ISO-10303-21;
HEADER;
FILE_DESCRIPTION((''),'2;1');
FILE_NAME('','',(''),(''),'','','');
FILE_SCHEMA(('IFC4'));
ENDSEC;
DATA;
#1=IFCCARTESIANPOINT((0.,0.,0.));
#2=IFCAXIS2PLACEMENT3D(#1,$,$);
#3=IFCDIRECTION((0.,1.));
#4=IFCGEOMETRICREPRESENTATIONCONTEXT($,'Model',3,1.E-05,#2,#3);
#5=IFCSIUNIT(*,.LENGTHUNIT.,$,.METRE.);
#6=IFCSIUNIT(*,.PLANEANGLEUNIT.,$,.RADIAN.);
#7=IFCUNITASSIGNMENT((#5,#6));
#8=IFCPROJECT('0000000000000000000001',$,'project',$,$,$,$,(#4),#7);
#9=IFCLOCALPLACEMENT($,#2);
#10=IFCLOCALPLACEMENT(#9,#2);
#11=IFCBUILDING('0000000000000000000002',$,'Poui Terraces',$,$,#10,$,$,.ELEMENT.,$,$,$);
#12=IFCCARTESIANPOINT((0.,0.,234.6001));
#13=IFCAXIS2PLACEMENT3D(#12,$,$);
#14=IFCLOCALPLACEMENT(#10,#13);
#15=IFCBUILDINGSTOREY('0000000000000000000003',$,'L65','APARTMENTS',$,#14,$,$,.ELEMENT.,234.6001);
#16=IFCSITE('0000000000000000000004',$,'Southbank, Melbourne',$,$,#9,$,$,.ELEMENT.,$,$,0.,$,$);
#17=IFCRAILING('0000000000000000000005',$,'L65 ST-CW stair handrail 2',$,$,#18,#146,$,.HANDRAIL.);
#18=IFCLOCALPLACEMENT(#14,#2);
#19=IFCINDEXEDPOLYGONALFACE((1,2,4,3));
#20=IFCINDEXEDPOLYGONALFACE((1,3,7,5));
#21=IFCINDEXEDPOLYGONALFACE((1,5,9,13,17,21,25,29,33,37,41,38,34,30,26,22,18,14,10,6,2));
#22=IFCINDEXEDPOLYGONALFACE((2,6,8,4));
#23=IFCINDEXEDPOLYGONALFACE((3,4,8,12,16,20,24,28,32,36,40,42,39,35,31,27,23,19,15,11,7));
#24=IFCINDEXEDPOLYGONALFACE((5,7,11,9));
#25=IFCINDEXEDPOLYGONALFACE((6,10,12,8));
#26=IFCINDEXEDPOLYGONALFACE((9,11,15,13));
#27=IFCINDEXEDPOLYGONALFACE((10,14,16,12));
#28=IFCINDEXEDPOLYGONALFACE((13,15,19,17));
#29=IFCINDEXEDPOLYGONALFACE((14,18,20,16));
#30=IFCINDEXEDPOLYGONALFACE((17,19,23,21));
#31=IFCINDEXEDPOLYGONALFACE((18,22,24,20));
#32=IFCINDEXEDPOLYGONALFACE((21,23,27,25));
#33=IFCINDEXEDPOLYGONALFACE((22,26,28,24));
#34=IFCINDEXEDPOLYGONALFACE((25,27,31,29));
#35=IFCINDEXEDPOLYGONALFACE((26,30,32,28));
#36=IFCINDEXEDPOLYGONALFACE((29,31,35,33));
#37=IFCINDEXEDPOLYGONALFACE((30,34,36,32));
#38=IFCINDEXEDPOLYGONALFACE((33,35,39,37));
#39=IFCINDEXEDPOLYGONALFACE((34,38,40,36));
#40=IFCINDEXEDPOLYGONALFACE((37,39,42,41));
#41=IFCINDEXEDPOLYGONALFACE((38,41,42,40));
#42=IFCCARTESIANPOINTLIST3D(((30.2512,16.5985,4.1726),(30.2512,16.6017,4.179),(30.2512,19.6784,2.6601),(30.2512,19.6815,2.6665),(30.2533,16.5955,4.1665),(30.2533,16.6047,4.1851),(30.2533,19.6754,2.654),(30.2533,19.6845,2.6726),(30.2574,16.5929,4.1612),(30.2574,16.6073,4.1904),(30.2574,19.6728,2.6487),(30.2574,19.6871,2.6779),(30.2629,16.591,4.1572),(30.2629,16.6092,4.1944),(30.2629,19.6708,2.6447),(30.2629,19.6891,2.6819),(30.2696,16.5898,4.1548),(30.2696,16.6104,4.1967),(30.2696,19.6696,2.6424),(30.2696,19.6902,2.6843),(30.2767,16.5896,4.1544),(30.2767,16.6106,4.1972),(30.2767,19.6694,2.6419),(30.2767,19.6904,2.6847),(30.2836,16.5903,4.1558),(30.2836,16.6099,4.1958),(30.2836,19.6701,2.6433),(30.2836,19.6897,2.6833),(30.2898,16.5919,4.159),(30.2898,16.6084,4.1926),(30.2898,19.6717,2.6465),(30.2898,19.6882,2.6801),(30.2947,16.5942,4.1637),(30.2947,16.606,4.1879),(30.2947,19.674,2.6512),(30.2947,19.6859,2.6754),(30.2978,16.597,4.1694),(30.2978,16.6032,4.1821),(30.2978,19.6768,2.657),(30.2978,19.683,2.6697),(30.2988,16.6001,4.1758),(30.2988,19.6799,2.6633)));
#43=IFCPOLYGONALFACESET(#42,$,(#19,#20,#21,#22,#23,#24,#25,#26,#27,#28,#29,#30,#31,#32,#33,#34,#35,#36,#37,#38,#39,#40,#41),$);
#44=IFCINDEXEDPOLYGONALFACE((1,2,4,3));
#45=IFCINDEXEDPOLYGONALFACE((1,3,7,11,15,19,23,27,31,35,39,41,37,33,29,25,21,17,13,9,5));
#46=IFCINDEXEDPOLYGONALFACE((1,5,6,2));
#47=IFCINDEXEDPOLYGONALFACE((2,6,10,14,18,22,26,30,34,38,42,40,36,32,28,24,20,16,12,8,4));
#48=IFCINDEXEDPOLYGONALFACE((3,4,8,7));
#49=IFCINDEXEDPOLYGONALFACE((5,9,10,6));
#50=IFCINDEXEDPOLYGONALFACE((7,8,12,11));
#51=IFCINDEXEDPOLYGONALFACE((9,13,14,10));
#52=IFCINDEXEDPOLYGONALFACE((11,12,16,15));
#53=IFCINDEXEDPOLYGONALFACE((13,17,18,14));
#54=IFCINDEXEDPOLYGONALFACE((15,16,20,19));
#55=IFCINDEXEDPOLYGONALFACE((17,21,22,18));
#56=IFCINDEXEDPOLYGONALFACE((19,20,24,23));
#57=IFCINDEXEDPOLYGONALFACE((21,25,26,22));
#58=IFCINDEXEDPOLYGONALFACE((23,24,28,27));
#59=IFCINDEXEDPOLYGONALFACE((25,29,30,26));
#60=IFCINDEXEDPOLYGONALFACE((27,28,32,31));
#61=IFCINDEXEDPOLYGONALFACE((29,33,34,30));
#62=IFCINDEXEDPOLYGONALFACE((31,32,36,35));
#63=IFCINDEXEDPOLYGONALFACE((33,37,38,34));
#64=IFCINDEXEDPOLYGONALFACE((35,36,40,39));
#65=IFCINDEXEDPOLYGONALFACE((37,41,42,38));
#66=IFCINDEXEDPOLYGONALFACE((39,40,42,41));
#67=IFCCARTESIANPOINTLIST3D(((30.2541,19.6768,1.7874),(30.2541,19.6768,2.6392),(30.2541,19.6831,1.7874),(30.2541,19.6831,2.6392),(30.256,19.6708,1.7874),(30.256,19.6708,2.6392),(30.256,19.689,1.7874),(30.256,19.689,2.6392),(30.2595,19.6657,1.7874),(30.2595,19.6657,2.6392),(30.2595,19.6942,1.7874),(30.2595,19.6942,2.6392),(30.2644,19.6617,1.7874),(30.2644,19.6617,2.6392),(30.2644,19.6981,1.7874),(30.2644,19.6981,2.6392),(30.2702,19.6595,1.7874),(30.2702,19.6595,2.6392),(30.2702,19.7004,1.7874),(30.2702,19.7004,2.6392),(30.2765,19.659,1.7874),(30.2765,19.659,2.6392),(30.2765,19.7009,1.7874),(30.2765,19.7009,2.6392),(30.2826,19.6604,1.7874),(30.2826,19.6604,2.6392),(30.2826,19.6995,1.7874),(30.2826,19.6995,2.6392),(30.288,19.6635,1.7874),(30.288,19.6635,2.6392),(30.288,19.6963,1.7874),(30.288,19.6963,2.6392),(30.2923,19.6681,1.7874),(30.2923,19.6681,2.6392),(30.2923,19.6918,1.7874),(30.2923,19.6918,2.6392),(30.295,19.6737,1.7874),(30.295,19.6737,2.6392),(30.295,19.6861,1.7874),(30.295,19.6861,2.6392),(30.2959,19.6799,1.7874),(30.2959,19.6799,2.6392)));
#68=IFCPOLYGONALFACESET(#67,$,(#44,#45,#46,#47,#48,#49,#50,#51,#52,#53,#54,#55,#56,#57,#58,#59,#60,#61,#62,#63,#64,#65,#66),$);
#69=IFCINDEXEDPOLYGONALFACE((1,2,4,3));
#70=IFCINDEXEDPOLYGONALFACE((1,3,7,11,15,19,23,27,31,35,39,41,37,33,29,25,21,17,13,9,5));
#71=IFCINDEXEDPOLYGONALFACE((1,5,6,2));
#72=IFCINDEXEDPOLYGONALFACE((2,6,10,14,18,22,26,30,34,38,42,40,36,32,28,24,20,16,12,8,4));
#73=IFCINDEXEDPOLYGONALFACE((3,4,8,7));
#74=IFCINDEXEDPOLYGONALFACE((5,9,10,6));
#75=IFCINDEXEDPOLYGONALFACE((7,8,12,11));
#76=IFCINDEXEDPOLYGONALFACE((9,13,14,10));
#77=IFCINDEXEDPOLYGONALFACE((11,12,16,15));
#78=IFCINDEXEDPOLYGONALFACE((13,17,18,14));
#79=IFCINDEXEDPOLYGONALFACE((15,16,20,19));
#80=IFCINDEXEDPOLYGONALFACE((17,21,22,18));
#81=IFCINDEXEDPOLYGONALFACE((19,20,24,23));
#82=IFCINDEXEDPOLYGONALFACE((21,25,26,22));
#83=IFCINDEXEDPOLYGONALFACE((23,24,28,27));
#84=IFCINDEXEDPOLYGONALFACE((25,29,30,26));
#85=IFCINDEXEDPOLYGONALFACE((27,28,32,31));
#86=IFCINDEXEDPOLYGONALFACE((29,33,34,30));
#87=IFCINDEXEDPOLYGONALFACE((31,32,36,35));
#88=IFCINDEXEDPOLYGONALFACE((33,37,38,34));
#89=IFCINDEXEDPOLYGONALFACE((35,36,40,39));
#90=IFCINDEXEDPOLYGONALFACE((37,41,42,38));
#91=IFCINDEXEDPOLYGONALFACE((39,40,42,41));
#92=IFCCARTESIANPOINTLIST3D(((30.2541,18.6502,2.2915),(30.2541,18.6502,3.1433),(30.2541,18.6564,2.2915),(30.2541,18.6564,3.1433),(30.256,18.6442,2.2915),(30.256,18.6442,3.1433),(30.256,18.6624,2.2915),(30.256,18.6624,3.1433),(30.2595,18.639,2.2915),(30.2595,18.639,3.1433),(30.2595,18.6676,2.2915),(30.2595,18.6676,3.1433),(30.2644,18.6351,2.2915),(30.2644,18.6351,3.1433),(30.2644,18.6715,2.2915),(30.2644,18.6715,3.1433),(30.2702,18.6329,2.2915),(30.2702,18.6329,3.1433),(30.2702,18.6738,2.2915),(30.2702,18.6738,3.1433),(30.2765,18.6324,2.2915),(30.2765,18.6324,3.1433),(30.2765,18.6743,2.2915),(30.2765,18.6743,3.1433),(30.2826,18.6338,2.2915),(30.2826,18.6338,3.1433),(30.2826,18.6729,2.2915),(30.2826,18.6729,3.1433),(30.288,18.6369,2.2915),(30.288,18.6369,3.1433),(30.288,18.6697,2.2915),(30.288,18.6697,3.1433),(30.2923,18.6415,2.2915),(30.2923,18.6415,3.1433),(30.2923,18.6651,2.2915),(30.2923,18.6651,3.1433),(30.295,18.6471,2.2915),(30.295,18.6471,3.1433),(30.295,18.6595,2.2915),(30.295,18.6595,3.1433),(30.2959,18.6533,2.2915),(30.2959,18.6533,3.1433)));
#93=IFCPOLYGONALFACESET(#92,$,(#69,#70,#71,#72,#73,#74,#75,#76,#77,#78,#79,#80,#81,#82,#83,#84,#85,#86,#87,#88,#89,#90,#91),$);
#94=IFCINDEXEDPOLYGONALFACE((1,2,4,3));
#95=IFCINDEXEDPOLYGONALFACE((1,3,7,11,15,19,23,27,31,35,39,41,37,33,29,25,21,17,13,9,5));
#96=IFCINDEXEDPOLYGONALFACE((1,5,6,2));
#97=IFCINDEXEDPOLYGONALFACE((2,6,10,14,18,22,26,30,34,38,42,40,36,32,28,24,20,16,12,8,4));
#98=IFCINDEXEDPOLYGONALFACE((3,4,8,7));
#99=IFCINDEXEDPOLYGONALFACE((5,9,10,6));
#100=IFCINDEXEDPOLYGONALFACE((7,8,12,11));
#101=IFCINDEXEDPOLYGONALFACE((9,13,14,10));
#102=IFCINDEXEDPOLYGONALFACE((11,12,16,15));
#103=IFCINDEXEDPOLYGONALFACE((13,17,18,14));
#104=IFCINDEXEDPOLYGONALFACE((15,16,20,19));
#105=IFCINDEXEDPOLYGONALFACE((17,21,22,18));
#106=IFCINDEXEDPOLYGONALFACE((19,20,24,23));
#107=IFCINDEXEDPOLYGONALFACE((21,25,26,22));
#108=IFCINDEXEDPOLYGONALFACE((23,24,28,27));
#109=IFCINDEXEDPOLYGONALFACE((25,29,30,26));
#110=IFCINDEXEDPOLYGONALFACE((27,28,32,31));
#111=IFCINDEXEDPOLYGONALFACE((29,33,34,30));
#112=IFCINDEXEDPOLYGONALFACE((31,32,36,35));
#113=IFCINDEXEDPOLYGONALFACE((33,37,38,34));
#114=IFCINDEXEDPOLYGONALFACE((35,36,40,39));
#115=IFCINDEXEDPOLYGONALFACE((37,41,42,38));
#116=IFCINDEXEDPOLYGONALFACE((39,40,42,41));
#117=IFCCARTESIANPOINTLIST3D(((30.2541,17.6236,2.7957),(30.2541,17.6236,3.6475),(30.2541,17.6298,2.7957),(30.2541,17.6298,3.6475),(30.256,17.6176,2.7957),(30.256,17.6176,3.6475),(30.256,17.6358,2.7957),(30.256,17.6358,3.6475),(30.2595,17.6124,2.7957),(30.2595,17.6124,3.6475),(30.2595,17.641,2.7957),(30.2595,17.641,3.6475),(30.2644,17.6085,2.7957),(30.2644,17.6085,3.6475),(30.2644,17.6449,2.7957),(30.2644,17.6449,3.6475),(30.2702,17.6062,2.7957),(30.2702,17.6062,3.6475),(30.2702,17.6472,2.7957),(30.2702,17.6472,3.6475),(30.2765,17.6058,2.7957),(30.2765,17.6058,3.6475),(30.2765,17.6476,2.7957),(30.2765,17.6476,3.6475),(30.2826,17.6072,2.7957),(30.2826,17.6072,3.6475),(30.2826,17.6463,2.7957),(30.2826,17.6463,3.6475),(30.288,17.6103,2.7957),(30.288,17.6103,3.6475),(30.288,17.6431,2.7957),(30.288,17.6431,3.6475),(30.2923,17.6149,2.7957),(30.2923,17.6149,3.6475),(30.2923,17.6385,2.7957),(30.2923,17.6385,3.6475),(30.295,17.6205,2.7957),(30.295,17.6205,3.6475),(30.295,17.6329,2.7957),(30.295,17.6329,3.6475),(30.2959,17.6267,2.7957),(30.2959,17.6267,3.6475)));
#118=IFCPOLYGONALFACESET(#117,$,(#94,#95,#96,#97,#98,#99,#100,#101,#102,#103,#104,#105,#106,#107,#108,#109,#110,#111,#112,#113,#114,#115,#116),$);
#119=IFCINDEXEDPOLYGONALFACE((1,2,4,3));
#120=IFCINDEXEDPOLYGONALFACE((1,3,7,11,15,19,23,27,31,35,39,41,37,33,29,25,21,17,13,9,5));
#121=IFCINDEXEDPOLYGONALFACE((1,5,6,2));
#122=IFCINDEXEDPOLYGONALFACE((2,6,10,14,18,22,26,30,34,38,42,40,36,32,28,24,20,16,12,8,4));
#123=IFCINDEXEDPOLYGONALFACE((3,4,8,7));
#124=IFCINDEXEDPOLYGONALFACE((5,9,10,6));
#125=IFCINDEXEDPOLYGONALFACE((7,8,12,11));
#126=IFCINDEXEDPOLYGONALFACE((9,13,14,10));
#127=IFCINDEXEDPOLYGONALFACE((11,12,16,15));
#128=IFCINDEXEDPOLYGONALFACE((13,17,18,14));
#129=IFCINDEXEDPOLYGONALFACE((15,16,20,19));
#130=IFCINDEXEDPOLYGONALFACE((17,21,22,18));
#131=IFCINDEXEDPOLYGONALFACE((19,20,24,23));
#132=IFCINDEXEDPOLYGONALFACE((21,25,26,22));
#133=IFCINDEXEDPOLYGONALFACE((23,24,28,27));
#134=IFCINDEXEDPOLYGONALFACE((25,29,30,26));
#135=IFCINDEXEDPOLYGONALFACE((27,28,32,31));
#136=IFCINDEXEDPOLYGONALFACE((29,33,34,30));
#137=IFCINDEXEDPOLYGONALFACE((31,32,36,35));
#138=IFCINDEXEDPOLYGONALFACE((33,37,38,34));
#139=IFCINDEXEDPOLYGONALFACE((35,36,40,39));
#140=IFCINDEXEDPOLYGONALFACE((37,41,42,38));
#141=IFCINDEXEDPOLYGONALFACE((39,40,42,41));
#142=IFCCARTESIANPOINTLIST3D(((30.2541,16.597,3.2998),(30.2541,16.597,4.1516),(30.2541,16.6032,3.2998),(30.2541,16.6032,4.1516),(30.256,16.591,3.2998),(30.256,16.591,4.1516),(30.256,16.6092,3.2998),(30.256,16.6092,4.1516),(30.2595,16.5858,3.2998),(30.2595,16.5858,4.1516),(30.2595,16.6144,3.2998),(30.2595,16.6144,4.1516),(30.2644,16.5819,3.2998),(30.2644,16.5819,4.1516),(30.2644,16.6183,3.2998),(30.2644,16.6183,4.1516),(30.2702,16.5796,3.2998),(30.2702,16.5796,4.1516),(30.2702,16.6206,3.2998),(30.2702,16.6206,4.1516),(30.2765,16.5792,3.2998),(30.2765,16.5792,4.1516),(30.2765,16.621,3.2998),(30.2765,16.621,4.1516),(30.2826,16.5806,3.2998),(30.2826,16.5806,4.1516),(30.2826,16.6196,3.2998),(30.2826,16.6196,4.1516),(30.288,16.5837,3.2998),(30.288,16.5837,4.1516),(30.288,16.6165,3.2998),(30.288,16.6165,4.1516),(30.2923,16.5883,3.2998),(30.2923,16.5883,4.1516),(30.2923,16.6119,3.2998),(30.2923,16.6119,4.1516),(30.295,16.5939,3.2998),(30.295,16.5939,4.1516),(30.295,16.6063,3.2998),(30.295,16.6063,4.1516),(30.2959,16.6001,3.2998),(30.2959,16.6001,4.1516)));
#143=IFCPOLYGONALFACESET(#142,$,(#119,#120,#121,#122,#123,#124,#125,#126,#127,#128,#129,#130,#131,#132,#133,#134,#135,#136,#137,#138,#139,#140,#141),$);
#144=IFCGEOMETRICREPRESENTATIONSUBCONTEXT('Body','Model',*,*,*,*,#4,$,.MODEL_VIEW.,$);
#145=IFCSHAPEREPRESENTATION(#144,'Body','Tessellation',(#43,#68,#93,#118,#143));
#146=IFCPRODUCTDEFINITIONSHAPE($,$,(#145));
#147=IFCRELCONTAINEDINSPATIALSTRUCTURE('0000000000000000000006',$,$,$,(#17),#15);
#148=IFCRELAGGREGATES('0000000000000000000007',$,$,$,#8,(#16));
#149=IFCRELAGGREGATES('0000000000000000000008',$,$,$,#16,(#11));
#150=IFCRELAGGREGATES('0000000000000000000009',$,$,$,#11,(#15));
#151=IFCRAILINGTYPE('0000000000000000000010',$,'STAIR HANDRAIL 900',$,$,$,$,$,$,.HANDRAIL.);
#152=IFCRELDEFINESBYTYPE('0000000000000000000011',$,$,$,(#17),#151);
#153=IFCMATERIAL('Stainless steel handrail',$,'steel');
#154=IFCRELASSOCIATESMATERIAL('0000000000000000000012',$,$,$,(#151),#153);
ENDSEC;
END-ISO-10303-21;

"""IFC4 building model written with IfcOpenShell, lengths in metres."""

from ifc_helpers import new_model, si_unit, direction, frame, origin, origin_2d, place, context, subcontext, project, spatial, circle, extrude, material, type_object, element, save


model = new_model("IFC4")

# Units and contexts
model_context = context("Model", 3, precision=1e-05, world=origin(), true_north=direction((0.0, 1.0)))
body_context = subcontext(model_context, "Body", "Model", "MODEL_VIEW")
ifc_project = project(units=[si_unit("LENGTHUNIT", "METRE"), si_unit("PLANEANGLEUNIT", "RADIAN")], contexts=[model_context])

# Site, building, storey
site_placement = place(None, origin())
site = spatial("IfcSite", under=ifc_project, at=site_placement, Name="Southbank, Melbourne", CompositionType="ELEMENT", RefElevation=0.0)
building_placement = place(site_placement, origin())
building = spatial("IfcBuilding", under=site, at=building_placement, Name="Poui Terraces", CompositionType="ELEMENT")
storey_placement = place(building_placement, frame((0.0, 0.0, 234.6001)))
storey = spatial("IfcBuildingStorey", under=building, at=storey_placement, Name="L65", Description="APARTMENTS", CompositionType="ELEMENT", Elevation=234.6001)

# Railing
ifc_material_1 = material(Name="Stainless steel handrail", Category="steel")
railing_type_1 = type_object("IfcRailingType", Name="STAIR HANDRAIL 900", PredefinedType="HANDRAIL", material=ifc_material_1)
railing_1_placement = place(storey_placement, frame((30.2749, 19.6799, 1.7874)))
element("IfcRailing", 1, at=railing_1_placement, inside=storey, type_object=railing_type_1, Name="L65 ST-CW stair handrail 2", PredefinedType="HANDRAIL", context=body_context, shape_type="SweptSolid", body=[
    extrude(circle(Radius=0.0239, at=origin_2d()), frame((0.0, 0.0, 0.876), z_axis=(0.0, -0.897606, 0.440798), x_axis=(1.0, 0.0, 0.0)), (0.0, 0.0, 1.0), 3.4312),
    extrude(circle(Radius=0.021, at=origin_2d()), origin(), (0.0, 0.0, 1.0), 0.8518),
    extrude(circle(Radius=0.021, at=origin_2d()), frame((0.0, -1.0266, 0.5042)), (0.0, 0.0, 1.0), 0.8518),
    extrude(circle(Radius=0.021, at=origin_2d()), frame((0.0, -2.0532, 1.0083)), (0.0, 0.0, 1.0), 0.8518),
    extrude(circle(Radius=0.021, at=origin_2d()), frame((0.0, -3.0798, 1.5125)), (0.0, 0.0, 1.0), 0.8518),
])

save(model, "model.ifc")
